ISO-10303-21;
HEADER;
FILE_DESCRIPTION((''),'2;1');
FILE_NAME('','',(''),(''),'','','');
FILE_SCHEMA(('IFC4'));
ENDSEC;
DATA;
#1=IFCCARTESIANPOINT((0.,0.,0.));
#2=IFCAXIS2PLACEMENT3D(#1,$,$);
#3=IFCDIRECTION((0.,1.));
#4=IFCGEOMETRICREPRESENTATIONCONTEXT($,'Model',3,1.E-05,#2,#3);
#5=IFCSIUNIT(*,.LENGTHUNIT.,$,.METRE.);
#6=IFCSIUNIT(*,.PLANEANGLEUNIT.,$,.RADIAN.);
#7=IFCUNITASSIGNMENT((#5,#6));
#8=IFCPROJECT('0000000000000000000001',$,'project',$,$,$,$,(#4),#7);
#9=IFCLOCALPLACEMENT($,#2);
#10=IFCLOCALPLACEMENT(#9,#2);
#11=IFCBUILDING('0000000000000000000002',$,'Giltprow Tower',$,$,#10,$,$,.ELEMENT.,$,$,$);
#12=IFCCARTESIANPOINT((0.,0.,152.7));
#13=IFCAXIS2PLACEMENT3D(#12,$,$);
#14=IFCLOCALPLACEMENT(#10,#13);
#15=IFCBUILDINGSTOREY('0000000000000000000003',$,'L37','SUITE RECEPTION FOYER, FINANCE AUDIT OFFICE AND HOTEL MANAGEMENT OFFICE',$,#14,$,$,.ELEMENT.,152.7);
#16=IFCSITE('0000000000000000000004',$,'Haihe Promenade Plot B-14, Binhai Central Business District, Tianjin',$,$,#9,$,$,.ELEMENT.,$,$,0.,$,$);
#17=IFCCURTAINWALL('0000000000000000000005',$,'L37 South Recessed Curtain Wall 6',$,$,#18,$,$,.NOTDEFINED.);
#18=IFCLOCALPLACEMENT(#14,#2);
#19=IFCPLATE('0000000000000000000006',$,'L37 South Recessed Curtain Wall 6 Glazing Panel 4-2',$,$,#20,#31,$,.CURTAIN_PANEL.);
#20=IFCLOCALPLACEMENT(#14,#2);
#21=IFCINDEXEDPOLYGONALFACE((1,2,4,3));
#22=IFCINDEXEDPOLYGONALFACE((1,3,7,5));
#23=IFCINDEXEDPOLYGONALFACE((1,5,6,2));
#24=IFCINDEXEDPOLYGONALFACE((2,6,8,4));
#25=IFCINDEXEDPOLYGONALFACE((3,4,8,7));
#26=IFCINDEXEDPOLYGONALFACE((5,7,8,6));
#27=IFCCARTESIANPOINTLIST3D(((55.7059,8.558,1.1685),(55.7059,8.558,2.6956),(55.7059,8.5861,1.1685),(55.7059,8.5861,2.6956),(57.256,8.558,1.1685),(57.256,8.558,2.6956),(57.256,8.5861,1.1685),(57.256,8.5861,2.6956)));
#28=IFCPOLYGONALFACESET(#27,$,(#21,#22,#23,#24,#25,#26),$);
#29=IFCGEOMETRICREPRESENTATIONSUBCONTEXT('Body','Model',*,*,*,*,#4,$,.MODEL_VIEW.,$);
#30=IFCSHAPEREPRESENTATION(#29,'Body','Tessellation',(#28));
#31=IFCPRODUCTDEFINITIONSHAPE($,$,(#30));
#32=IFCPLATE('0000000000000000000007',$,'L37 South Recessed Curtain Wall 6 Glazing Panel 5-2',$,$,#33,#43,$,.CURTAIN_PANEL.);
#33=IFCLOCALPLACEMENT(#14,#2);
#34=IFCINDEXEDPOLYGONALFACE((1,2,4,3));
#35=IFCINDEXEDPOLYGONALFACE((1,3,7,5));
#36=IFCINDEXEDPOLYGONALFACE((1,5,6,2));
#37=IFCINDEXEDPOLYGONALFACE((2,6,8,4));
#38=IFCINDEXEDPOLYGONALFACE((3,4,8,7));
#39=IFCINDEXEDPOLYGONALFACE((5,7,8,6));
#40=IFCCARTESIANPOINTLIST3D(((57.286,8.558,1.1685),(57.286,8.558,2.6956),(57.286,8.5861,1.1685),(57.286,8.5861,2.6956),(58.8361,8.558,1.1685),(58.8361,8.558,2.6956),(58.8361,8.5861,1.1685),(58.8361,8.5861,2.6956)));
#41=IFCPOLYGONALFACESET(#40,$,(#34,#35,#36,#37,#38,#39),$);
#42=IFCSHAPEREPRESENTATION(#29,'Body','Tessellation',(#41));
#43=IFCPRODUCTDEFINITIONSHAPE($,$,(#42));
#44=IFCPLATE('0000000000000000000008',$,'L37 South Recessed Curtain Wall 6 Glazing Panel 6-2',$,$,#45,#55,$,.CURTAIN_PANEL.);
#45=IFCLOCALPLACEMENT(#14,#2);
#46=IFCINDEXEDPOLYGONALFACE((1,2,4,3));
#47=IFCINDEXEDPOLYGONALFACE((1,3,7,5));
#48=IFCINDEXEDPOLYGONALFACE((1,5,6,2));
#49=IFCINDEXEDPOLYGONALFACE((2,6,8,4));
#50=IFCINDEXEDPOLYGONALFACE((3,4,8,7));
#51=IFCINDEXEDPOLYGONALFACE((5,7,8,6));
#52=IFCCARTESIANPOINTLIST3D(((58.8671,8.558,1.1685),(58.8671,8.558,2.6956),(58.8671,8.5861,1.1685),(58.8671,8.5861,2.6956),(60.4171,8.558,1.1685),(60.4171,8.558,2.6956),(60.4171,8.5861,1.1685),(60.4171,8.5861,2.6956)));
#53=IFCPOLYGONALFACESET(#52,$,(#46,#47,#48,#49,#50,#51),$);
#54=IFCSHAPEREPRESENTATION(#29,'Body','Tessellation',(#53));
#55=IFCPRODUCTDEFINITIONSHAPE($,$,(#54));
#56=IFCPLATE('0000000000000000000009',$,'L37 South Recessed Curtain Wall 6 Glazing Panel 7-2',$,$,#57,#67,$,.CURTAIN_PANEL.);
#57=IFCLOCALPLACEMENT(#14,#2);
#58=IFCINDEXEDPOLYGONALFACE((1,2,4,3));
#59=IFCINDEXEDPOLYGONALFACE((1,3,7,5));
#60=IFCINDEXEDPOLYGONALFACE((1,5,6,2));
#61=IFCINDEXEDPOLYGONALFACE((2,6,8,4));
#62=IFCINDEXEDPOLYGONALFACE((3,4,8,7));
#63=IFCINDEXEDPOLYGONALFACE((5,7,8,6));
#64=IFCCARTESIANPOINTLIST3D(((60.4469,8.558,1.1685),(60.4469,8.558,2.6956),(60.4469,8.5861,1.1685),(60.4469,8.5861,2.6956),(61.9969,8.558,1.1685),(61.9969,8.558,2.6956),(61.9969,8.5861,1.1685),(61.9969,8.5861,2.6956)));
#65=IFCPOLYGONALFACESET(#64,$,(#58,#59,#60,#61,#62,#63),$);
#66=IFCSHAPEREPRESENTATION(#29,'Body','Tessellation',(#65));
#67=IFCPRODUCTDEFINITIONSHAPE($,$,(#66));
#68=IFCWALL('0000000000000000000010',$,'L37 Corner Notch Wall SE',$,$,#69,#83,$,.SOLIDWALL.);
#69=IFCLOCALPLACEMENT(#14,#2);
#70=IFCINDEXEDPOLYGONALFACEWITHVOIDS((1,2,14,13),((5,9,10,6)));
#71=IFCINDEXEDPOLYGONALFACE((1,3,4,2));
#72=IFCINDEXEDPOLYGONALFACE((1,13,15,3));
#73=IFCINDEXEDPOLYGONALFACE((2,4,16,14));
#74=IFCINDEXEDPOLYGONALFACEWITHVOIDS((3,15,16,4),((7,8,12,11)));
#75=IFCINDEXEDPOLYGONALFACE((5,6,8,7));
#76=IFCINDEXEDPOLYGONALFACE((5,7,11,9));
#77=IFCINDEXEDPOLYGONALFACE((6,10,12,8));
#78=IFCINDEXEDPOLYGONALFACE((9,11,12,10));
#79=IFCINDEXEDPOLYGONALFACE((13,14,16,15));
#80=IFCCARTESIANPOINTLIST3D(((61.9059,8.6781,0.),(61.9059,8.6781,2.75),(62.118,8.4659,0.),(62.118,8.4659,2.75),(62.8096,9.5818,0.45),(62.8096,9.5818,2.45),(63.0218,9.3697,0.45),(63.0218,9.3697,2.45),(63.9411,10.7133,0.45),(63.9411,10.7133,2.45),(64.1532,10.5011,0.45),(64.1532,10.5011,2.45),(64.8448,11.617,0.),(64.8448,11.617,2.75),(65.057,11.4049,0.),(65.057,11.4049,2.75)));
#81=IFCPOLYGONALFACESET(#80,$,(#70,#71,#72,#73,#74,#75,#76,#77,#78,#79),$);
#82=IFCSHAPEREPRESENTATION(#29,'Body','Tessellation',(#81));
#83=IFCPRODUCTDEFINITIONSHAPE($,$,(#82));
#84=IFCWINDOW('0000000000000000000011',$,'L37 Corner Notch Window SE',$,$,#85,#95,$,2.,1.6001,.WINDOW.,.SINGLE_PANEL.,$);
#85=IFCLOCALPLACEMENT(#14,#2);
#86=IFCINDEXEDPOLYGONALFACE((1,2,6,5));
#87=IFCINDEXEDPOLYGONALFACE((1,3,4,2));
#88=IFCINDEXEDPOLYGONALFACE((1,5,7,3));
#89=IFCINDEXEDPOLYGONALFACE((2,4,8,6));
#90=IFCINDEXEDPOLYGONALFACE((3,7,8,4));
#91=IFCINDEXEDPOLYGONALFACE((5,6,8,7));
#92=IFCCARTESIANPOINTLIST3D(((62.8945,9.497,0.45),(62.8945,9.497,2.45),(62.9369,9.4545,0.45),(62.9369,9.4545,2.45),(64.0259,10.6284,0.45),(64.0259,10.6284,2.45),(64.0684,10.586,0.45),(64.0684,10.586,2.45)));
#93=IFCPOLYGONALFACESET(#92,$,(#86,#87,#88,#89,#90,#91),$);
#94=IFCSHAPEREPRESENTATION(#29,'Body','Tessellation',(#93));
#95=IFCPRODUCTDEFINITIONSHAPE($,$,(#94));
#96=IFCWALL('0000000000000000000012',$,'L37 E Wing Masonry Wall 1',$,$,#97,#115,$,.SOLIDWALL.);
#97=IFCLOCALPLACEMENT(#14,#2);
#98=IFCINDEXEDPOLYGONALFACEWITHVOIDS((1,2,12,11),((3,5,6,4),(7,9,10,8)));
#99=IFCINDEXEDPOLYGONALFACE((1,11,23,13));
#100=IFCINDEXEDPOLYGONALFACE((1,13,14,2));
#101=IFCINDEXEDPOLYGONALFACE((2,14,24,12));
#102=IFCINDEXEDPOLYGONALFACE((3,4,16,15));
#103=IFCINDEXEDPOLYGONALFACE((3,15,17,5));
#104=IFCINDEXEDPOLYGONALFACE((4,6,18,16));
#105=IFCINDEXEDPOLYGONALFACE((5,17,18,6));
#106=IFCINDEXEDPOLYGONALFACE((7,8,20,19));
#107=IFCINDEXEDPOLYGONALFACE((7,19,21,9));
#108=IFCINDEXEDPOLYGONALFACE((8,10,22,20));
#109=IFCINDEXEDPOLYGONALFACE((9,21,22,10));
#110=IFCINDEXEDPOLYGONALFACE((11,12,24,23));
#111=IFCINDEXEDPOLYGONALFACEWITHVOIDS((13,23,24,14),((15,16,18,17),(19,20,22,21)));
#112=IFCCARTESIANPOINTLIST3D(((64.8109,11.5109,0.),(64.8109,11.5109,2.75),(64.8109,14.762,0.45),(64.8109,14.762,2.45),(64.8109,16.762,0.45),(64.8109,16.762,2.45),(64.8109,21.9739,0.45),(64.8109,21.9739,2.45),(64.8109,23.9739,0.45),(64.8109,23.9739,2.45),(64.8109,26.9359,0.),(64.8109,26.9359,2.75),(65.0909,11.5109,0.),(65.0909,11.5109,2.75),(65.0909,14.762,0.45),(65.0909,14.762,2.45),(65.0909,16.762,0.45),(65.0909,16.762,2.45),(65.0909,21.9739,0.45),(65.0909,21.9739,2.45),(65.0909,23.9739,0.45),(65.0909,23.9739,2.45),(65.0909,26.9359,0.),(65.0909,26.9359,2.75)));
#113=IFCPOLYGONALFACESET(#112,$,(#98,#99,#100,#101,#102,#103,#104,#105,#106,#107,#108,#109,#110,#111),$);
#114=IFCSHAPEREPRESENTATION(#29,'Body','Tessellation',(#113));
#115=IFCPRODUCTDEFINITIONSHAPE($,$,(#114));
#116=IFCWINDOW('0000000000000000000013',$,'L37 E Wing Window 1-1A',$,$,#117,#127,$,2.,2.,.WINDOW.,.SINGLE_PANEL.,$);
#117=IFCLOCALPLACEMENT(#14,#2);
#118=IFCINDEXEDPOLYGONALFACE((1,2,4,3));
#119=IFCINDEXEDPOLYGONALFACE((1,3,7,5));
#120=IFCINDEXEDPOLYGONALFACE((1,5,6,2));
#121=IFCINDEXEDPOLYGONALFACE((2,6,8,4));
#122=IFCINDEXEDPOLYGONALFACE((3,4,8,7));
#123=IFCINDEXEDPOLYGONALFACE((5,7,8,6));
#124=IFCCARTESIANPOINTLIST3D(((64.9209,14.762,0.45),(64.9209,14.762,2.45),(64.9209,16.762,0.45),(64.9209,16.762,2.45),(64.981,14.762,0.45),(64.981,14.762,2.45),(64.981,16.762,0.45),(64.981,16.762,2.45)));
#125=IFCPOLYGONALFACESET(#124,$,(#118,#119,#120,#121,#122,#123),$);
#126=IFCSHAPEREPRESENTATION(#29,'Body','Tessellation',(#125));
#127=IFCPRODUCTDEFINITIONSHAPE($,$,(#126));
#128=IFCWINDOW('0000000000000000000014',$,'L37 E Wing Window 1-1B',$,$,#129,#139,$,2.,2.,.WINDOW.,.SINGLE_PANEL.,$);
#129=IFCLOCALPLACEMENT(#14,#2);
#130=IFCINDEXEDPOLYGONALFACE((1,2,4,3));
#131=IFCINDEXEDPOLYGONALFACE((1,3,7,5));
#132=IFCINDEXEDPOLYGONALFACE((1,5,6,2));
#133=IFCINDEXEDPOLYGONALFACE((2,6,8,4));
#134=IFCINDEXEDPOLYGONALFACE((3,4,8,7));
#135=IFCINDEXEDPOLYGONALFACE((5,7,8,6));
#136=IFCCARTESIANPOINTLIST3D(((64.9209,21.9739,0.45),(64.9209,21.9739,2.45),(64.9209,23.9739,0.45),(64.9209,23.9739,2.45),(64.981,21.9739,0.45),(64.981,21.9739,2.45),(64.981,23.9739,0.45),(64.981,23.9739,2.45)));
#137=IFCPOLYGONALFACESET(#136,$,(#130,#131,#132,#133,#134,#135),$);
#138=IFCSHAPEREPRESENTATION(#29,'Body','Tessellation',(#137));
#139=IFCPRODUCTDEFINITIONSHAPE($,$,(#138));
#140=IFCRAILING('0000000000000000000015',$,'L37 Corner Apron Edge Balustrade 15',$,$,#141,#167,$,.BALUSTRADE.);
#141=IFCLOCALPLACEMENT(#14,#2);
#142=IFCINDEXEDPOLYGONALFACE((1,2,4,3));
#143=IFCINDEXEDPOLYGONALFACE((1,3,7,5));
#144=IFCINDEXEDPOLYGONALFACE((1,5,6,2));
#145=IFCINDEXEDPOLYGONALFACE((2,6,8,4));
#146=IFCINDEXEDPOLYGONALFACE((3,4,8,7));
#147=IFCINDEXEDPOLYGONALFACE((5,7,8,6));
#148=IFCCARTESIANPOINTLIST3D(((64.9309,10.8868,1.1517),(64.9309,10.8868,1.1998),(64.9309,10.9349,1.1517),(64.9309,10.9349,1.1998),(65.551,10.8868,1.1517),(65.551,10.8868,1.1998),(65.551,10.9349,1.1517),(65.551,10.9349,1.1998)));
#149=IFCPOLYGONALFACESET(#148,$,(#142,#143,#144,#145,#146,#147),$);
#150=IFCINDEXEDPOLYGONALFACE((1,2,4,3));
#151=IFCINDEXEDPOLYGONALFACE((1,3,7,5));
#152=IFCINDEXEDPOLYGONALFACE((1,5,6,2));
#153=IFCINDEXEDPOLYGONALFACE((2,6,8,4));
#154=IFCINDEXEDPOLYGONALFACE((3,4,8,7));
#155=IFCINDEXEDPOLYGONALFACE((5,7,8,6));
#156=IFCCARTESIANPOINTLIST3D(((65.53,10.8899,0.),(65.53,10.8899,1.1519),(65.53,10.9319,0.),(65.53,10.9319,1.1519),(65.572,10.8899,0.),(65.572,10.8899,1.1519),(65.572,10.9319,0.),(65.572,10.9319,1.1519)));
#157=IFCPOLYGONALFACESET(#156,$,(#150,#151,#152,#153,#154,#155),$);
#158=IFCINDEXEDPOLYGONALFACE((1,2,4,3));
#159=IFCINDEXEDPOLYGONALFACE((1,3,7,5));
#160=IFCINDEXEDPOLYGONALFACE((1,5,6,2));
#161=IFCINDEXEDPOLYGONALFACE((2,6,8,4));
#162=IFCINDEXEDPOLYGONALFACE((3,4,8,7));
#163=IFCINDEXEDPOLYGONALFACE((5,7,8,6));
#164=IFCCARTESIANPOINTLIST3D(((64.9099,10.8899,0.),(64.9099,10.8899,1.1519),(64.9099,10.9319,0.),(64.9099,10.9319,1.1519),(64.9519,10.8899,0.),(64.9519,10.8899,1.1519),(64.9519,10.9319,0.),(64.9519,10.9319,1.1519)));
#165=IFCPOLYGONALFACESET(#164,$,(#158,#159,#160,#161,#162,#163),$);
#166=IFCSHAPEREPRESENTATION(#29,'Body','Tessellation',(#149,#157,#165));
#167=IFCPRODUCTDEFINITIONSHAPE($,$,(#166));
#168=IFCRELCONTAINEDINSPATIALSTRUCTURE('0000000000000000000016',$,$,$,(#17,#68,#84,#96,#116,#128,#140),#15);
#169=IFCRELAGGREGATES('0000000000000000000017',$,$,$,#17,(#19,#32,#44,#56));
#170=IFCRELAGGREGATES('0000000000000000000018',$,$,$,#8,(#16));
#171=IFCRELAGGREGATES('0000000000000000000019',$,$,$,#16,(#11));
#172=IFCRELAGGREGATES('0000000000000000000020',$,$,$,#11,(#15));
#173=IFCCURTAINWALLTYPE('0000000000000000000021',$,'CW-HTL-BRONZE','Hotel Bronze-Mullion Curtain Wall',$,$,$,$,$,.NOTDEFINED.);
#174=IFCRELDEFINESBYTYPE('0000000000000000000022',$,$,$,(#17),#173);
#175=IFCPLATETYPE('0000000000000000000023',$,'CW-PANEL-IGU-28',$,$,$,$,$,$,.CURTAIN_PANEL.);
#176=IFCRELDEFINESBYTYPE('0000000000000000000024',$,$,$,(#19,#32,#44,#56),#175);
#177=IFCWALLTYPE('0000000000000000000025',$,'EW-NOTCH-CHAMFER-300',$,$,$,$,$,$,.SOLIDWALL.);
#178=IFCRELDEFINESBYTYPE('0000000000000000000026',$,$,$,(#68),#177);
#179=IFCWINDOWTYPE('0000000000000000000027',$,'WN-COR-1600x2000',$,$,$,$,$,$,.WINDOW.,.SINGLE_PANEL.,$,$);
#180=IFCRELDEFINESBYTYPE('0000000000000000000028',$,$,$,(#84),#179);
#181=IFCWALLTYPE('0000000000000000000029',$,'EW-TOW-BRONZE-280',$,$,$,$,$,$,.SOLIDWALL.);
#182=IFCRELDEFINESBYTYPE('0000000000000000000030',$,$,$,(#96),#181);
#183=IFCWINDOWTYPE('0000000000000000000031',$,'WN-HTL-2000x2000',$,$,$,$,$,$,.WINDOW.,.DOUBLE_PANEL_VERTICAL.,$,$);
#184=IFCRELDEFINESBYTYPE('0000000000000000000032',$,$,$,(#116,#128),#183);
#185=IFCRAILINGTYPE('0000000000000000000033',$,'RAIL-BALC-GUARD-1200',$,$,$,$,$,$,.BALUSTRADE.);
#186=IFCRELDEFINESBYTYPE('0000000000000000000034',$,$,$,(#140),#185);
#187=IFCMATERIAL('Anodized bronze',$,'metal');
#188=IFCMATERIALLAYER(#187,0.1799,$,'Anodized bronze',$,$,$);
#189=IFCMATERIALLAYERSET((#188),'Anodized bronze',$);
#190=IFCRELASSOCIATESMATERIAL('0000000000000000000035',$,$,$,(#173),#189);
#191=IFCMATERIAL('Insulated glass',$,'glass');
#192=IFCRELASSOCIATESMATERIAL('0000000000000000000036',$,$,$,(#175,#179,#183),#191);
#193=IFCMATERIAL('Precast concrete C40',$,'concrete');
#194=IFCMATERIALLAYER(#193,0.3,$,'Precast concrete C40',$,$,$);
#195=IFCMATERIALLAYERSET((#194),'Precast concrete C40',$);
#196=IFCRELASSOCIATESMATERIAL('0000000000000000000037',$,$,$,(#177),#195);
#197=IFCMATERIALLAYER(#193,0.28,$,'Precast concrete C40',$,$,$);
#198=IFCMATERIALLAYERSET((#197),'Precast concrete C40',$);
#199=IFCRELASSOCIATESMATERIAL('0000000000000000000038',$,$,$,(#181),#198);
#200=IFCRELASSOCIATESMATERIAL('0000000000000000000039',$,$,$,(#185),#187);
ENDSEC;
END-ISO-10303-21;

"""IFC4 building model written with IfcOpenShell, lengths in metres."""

from ifc_helpers import new_model, si_unit, direction, frame, frame_2d, origin, origin_2d, place, context, subcontext, project, spatial, rectangle, extrude, source, transform, mapped, material, layer, layer_set, type_object, element, fill, aggregate, save


model = new_model("IFC4")

# Units and contexts
model_context = context("Model", 3, precision=1e-05, world=origin(), true_north=direction((0.0, 1.0)))
body_context = subcontext(model_context, "Body", "Model", "MODEL_VIEW")
ifc_project = project(units=[si_unit("LENGTHUNIT", "METRE"), si_unit("PLANEANGLEUNIT", "RADIAN")], contexts=[model_context])

# Site, building, storey
site_placement = place(None, origin())
site = spatial("IfcSite", under=ifc_project, at=site_placement, Name="Haihe Promenade Plot B-14, Binhai Central Business District, Tianjin", CompositionType="ELEMENT", RefElevation=0.0)
building_placement = place(site_placement, origin())
building = spatial("IfcBuilding", under=site, at=building_placement, Name="Giltprow Tower", CompositionType="ELEMENT")
storey_placement = place(building_placement, frame((0.0, 0.0, 152.7)))
storey = spatial("IfcBuildingStorey", under=building, at=storey_placement, Name="L37", Description="SUITE RECEPTION FOYER, FINANCE AUDIT OFFICE AND HOTEL MANAGEMENT OFFICE", CompositionType="ELEMENT", Elevation=152.7)

# Curtain wall, plates
ifc_material_1 = material(Name="Anodized bronze", Category="metal")
ifc_layer_1 = layer(ifc_material_1, 0.1799, Name="Anodized bronze")
ifc_layer_set_1 = layer_set([ifc_layer_1], Name="Anodized bronze")
curtain_wall_type = type_object("IfcCurtainWallType", Name="CW-HTL-BRONZE", Description="Hotel Bronze-Mullion Curtain Wall", PredefinedType="NOTDEFINED", material=ifc_layer_set_1)
curtain_wall_placement = place(storey_placement, origin())
curtain_wall = element("IfcCurtainWall", 1, at=curtain_wall_placement, inside=storey, type_object=curtain_wall_type, Name="L37 South Recessed Curtain Wall 6", PredefinedType="NOTDEFINED")
ifc_material_2 = material(Name="Insulated glass", Category="glass")
plate_type = type_object("IfcPlateType", Name="CW-PANEL-IGU-28", PredefinedType="CURTAIN_PANEL", material=ifc_material_2)
shared_shape_1 = source(origin(), body_context, "Body", "SweptSolid", [
    extrude(rectangle(XDim=1.55, YDim=0.0281, at=origin_2d()), origin(), (0.0, 0.0, 1.0), 1.5271),
])
plate_1_placement = place(storey_placement, frame((56.481, 8.572, 1.1685), z_axis=(0.0, 0.0, 1.0), x_axis=(1.0, 0.0, 0.0)))
plate_1 = element("IfcPlate", 2, at=plate_1_placement, type_object=plate_type, Name="L37 South Recessed Curtain Wall 6 Glazing Panel 4-2", PredefinedType="CURTAIN_PANEL", context=body_context, shape_type="MappedRepresentation", body=[
    mapped(shared_shape_1, transform((0.0, 0.0, 0.0), x_axis=(1.0, 0.0, 0.0), y_axis=(0.0, 1.0, 0.0), z_axis=(0.0, 0.0, 1.0), scale=1.0)),
])
plate_2_placement = place(storey_placement, frame((58.061, 8.572, 1.1685), z_axis=(0.0, 0.0, 1.0), x_axis=(1.0, 0.0, 0.0)))
plate_2 = element("IfcPlate", 3, at=plate_2_placement, type_object=plate_type, Name="L37 South Recessed Curtain Wall 6 Glazing Panel 5-2", PredefinedType="CURTAIN_PANEL", context=body_context, shape_type="MappedRepresentation", body=[
    mapped(shared_shape_1, transform((0.0, 0.0, 0.0), x_axis=(1.0, 0.0, 0.0), y_axis=(0.0, 1.0, 0.0), z_axis=(0.0, 0.0, 1.0), scale=1.0)),
])
plate_3_placement = place(storey_placement, frame((59.6421, 8.572, 1.1685), z_axis=(0.0, 0.0, 1.0), x_axis=(1.0, 0.0, 0.0)))
plate_3 = element("IfcPlate", 4, at=plate_3_placement, type_object=plate_type, Name="L37 South Recessed Curtain Wall 6 Glazing Panel 6-2", PredefinedType="CURTAIN_PANEL", context=body_context, shape_type="MappedRepresentation", body=[
    mapped(shared_shape_1, transform((0.0, 0.0, 0.0), x_axis=(1.0, 0.0, 0.0), y_axis=(0.0, 1.0, 0.0), z_axis=(0.0, 0.0, 1.0), scale=1.0)),
])
plate_4_placement = place(storey_placement, frame((61.2219, 8.572, 1.1685), z_axis=(0.0, 0.0, 1.0), x_axis=(1.0, 0.0, 0.0)))
plate_4 = element("IfcPlate", 5, at=plate_4_placement, type_object=plate_type, Name="L37 South Recessed Curtain Wall 6 Glazing Panel 7-2", PredefinedType="CURTAIN_PANEL", context=body_context, shape_type="MappedRepresentation", body=[
    mapped(shared_shape_1, transform((0.0, 0.0, 0.0), x_axis=(1.0, 0.0, 0.0), y_axis=(0.0, 1.0, 0.0), z_axis=(0.0, 0.0, 1.0), scale=1.0)),
])
aggregate(curtain_wall, [plate_1, plate_2, plate_3, plate_4])

# Wall, opening, window
ifc_material_3 = material(Name="Precast concrete C40", Category="concrete")
ifc_layer_2 = layer(ifc_material_3, 0.3, Name="Precast concrete C40")
ifc_layer_set_2 = layer_set([ifc_layer_2], Name="Precast concrete C40")
wall_type_1 = type_object("IfcWallType", Name="EW-NOTCH-CHAMFER-300", PredefinedType="SOLIDWALL", material=ifc_layer_set_2)
wall_1_placement = place(storey_placement, frame((62.012, 8.572, 0.0), z_axis=(0.0, 0.0, 1.0), x_axis=(0.707107, 0.707107, 0.0)))
wall_1 = element("IfcWall", 6, at=wall_1_placement, inside=storey, type_object=wall_type_1, Name="L37 Corner Notch Wall SE", PredefinedType="SOLIDWALL", context=body_context, shape_type="SweptSolid", body=[
    extrude(rectangle(XDim=4.1562, YDim=0.3, at=frame_2d((2.0781, 0.0))), origin(), (0.0, 0.0, 1.0), 2.75),
])
opening_1_placement = place(wall_1_placement, frame((1.2781, 0.0, 0.45)))
opening_1 = element("IfcOpeningElement", 7, at=opening_1_placement, cuts=wall_1, PredefinedType="OPENING", context=body_context, shape_type="SweptSolid", body=[
    extrude(rectangle(XDim=1.6001, YDim=2.0, at=frame_2d((0.8, 1.0))), frame((0.0, 0.1599, 0.0), z_axis=(0.0, -1.0, 0.0), x_axis=(1.0, 0.0, 0.0)), (0.0, 0.0, 1.0), 0.3201),
])
window_type_1 = type_object("IfcWindowType", Name="WN-COR-1600x2000", PartitioningType="SINGLE_PANEL", PredefinedType="WINDOW", material=ifc_material_2)
shared_shape_2 = source(origin(), body_context, "Body", "SweptSolid", [
    extrude(rectangle(XDim=1.6001, YDim=2.0, at=frame_2d((0.8, 1.0))), frame((0.0, 0.03, 0.0), z_axis=(0.0, -1.0, 0.0), x_axis=(1.0, 0.0, 0.0)), (0.0, 0.0, 1.0), 0.0601),
])
window_1_placement = place(opening_1_placement, origin())
window_1 = element("IfcWindow", 8, at=window_1_placement, inside=storey, type_object=window_type_1, Name="L37 Corner Notch Window SE", OverallHeight=2.0, OverallWidth=1.6001, PartitioningType="SINGLE_PANEL", PredefinedType="WINDOW", context=body_context, shape_type="MappedRepresentation", body=[
    mapped(shared_shape_2, transform((0.0, 0.0, 0.0), x_axis=(1.0, 0.0, 0.0), y_axis=(0.0, 1.0, 0.0), z_axis=(0.0, 0.0, 1.0), scale=1.0)),
])
fill(opening_1, window_1)

# Wall, openings, windows
ifc_layer_3 = layer(ifc_material_3, 0.28, Name="Precast concrete C40")
ifc_layer_set_3 = layer_set([ifc_layer_3], Name="Precast concrete C40")
wall_type_2 = type_object("IfcWallType", Name="EW-TOW-BRONZE-280", PredefinedType="SOLIDWALL", material=ifc_layer_set_3)
wall_2_placement = place(storey_placement, frame((64.9509, 11.511, 0.0), z_axis=(0.0, 0.0, 1.0), x_axis=(0.0, 1.0, 0.0)))
wall_2 = element("IfcWall", 9, at=wall_2_placement, inside=storey, type_object=wall_type_2, Name="L37 E Wing Masonry Wall 1", PredefinedType="SOLIDWALL", context=body_context, shape_type="SweptSolid", body=[
    extrude(rectangle(XDim=15.425, YDim=0.28, at=frame_2d((7.7124, 0.0))), origin(), (0.0, 0.0, 1.0), 2.75),
])
opening_2_placement = place(wall_2_placement, frame((3.251, 0.0, 0.45)))
opening_2 = element("IfcOpeningElement", 10, at=opening_2_placement, cuts=wall_2, PredefinedType="OPENING", context=body_context, shape_type="SweptSolid", body=[
    extrude(rectangle(XDim=2.0, YDim=2.0, at=frame_2d((1.0, 1.0))), frame((0.0, 0.1499, 0.0), z_axis=(0.0, -1.0, 0.0), x_axis=(1.0, 0.0, 0.0)), (0.0, 0.0, 1.0), 0.3),
])
opening_3_placement = place(wall_2_placement, frame((10.4629, 0.0, 0.45)))
opening_3 = element("IfcOpeningElement", 11, at=opening_3_placement, cuts=wall_2, PredefinedType="OPENING", context=body_context, shape_type="SweptSolid", body=[
    extrude(rectangle(XDim=2.0, YDim=2.0, at=frame_2d((1.0, 1.0))), frame((0.0, 0.1499, 0.0), z_axis=(0.0, -1.0, 0.0), x_axis=(1.0, 0.0, 0.0)), (0.0, 0.0, 1.0), 0.3),
])
window_type_2 = type_object("IfcWindowType", Name="WN-HTL-2000x2000", PartitioningType="DOUBLE_PANEL_VERTICAL", PredefinedType="WINDOW", material=ifc_material_2)
shared_shape_3 = source(origin(), body_context, "Body", "SweptSolid", [
    extrude(rectangle(XDim=2.0, YDim=2.0, at=frame_2d((1.0, 1.0))), frame((0.0, 0.03, 0.0), z_axis=(0.0, -1.0, 0.0), x_axis=(1.0, 0.0, 0.0)), (0.0, 0.0, 1.0), 0.0601),
])
window_2_placement = place(opening_2_placement, origin())
window_2 = element("IfcWindow", 12, at=window_2_placement, inside=storey, type_object=window_type_2, Name="L37 E Wing Window 1-1A", OverallHeight=2.0, OverallWidth=2.0, PartitioningType="SINGLE_PANEL", PredefinedType="WINDOW", context=body_context, shape_type="MappedRepresentation", body=[
    mapped(shared_shape_3, transform((0.0, 0.0, 0.0), x_axis=(1.0, 0.0, 0.0), y_axis=(0.0, 1.0, 0.0), z_axis=(0.0, 0.0, 1.0), scale=1.0)),
])
fill(opening_2, window_2)
window_3_placement = place(opening_3_placement, origin())
window_3 = element("IfcWindow", 13, at=window_3_placement, inside=storey, type_object=window_type_2, Name="L37 E Wing Window 1-1B", OverallHeight=2.0, OverallWidth=2.0, PartitioningType="SINGLE_PANEL", PredefinedType="WINDOW", context=body_context, shape_type="MappedRepresentation", body=[
    mapped(shared_shape_3, transform((0.0, 0.0, 0.0), x_axis=(1.0, 0.0, 0.0), y_axis=(0.0, 1.0, 0.0), z_axis=(0.0, 0.0, 1.0), scale=1.0)),
])
fill(opening_3, window_3)

# Railing
railing_type = type_object("IfcRailingType", Name="RAIL-BALC-GUARD-1200", PredefinedType="BALUSTRADE", material=ifc_material_1)
railing_1_placement = place(storey_placement, frame((65.551, 10.9109, 0.0)))
element("IfcRailing", 14, at=railing_1_placement, inside=storey, type_object=railing_type, Name="L37 Corner Apron Edge Balustrade 15", PredefinedType="BALUSTRADE", context=body_context, shape_type="SweptSolid", body=[
    extrude(rectangle(XDim=0.0481, YDim=0.0481, at=origin_2d()), frame((0.0, 0.0, 1.1758), z_axis=(-1.0, 0.0, 0.0), x_axis=(0.0, -1.0, 0.0)), (0.0, 0.0, 1.0), 0.6201),
    extrude(rectangle(XDim=0.042, YDim=0.042, at=origin_2d()), origin(), (0.0, 0.0, 1.0), 1.1519),
    extrude(rectangle(XDim=0.042, YDim=0.042, at=origin_2d()), frame((-0.6201, 0.0, 0.0)), (0.0, 0.0, 1.0), 1.1519),
])

save(model, "model.ifc")
